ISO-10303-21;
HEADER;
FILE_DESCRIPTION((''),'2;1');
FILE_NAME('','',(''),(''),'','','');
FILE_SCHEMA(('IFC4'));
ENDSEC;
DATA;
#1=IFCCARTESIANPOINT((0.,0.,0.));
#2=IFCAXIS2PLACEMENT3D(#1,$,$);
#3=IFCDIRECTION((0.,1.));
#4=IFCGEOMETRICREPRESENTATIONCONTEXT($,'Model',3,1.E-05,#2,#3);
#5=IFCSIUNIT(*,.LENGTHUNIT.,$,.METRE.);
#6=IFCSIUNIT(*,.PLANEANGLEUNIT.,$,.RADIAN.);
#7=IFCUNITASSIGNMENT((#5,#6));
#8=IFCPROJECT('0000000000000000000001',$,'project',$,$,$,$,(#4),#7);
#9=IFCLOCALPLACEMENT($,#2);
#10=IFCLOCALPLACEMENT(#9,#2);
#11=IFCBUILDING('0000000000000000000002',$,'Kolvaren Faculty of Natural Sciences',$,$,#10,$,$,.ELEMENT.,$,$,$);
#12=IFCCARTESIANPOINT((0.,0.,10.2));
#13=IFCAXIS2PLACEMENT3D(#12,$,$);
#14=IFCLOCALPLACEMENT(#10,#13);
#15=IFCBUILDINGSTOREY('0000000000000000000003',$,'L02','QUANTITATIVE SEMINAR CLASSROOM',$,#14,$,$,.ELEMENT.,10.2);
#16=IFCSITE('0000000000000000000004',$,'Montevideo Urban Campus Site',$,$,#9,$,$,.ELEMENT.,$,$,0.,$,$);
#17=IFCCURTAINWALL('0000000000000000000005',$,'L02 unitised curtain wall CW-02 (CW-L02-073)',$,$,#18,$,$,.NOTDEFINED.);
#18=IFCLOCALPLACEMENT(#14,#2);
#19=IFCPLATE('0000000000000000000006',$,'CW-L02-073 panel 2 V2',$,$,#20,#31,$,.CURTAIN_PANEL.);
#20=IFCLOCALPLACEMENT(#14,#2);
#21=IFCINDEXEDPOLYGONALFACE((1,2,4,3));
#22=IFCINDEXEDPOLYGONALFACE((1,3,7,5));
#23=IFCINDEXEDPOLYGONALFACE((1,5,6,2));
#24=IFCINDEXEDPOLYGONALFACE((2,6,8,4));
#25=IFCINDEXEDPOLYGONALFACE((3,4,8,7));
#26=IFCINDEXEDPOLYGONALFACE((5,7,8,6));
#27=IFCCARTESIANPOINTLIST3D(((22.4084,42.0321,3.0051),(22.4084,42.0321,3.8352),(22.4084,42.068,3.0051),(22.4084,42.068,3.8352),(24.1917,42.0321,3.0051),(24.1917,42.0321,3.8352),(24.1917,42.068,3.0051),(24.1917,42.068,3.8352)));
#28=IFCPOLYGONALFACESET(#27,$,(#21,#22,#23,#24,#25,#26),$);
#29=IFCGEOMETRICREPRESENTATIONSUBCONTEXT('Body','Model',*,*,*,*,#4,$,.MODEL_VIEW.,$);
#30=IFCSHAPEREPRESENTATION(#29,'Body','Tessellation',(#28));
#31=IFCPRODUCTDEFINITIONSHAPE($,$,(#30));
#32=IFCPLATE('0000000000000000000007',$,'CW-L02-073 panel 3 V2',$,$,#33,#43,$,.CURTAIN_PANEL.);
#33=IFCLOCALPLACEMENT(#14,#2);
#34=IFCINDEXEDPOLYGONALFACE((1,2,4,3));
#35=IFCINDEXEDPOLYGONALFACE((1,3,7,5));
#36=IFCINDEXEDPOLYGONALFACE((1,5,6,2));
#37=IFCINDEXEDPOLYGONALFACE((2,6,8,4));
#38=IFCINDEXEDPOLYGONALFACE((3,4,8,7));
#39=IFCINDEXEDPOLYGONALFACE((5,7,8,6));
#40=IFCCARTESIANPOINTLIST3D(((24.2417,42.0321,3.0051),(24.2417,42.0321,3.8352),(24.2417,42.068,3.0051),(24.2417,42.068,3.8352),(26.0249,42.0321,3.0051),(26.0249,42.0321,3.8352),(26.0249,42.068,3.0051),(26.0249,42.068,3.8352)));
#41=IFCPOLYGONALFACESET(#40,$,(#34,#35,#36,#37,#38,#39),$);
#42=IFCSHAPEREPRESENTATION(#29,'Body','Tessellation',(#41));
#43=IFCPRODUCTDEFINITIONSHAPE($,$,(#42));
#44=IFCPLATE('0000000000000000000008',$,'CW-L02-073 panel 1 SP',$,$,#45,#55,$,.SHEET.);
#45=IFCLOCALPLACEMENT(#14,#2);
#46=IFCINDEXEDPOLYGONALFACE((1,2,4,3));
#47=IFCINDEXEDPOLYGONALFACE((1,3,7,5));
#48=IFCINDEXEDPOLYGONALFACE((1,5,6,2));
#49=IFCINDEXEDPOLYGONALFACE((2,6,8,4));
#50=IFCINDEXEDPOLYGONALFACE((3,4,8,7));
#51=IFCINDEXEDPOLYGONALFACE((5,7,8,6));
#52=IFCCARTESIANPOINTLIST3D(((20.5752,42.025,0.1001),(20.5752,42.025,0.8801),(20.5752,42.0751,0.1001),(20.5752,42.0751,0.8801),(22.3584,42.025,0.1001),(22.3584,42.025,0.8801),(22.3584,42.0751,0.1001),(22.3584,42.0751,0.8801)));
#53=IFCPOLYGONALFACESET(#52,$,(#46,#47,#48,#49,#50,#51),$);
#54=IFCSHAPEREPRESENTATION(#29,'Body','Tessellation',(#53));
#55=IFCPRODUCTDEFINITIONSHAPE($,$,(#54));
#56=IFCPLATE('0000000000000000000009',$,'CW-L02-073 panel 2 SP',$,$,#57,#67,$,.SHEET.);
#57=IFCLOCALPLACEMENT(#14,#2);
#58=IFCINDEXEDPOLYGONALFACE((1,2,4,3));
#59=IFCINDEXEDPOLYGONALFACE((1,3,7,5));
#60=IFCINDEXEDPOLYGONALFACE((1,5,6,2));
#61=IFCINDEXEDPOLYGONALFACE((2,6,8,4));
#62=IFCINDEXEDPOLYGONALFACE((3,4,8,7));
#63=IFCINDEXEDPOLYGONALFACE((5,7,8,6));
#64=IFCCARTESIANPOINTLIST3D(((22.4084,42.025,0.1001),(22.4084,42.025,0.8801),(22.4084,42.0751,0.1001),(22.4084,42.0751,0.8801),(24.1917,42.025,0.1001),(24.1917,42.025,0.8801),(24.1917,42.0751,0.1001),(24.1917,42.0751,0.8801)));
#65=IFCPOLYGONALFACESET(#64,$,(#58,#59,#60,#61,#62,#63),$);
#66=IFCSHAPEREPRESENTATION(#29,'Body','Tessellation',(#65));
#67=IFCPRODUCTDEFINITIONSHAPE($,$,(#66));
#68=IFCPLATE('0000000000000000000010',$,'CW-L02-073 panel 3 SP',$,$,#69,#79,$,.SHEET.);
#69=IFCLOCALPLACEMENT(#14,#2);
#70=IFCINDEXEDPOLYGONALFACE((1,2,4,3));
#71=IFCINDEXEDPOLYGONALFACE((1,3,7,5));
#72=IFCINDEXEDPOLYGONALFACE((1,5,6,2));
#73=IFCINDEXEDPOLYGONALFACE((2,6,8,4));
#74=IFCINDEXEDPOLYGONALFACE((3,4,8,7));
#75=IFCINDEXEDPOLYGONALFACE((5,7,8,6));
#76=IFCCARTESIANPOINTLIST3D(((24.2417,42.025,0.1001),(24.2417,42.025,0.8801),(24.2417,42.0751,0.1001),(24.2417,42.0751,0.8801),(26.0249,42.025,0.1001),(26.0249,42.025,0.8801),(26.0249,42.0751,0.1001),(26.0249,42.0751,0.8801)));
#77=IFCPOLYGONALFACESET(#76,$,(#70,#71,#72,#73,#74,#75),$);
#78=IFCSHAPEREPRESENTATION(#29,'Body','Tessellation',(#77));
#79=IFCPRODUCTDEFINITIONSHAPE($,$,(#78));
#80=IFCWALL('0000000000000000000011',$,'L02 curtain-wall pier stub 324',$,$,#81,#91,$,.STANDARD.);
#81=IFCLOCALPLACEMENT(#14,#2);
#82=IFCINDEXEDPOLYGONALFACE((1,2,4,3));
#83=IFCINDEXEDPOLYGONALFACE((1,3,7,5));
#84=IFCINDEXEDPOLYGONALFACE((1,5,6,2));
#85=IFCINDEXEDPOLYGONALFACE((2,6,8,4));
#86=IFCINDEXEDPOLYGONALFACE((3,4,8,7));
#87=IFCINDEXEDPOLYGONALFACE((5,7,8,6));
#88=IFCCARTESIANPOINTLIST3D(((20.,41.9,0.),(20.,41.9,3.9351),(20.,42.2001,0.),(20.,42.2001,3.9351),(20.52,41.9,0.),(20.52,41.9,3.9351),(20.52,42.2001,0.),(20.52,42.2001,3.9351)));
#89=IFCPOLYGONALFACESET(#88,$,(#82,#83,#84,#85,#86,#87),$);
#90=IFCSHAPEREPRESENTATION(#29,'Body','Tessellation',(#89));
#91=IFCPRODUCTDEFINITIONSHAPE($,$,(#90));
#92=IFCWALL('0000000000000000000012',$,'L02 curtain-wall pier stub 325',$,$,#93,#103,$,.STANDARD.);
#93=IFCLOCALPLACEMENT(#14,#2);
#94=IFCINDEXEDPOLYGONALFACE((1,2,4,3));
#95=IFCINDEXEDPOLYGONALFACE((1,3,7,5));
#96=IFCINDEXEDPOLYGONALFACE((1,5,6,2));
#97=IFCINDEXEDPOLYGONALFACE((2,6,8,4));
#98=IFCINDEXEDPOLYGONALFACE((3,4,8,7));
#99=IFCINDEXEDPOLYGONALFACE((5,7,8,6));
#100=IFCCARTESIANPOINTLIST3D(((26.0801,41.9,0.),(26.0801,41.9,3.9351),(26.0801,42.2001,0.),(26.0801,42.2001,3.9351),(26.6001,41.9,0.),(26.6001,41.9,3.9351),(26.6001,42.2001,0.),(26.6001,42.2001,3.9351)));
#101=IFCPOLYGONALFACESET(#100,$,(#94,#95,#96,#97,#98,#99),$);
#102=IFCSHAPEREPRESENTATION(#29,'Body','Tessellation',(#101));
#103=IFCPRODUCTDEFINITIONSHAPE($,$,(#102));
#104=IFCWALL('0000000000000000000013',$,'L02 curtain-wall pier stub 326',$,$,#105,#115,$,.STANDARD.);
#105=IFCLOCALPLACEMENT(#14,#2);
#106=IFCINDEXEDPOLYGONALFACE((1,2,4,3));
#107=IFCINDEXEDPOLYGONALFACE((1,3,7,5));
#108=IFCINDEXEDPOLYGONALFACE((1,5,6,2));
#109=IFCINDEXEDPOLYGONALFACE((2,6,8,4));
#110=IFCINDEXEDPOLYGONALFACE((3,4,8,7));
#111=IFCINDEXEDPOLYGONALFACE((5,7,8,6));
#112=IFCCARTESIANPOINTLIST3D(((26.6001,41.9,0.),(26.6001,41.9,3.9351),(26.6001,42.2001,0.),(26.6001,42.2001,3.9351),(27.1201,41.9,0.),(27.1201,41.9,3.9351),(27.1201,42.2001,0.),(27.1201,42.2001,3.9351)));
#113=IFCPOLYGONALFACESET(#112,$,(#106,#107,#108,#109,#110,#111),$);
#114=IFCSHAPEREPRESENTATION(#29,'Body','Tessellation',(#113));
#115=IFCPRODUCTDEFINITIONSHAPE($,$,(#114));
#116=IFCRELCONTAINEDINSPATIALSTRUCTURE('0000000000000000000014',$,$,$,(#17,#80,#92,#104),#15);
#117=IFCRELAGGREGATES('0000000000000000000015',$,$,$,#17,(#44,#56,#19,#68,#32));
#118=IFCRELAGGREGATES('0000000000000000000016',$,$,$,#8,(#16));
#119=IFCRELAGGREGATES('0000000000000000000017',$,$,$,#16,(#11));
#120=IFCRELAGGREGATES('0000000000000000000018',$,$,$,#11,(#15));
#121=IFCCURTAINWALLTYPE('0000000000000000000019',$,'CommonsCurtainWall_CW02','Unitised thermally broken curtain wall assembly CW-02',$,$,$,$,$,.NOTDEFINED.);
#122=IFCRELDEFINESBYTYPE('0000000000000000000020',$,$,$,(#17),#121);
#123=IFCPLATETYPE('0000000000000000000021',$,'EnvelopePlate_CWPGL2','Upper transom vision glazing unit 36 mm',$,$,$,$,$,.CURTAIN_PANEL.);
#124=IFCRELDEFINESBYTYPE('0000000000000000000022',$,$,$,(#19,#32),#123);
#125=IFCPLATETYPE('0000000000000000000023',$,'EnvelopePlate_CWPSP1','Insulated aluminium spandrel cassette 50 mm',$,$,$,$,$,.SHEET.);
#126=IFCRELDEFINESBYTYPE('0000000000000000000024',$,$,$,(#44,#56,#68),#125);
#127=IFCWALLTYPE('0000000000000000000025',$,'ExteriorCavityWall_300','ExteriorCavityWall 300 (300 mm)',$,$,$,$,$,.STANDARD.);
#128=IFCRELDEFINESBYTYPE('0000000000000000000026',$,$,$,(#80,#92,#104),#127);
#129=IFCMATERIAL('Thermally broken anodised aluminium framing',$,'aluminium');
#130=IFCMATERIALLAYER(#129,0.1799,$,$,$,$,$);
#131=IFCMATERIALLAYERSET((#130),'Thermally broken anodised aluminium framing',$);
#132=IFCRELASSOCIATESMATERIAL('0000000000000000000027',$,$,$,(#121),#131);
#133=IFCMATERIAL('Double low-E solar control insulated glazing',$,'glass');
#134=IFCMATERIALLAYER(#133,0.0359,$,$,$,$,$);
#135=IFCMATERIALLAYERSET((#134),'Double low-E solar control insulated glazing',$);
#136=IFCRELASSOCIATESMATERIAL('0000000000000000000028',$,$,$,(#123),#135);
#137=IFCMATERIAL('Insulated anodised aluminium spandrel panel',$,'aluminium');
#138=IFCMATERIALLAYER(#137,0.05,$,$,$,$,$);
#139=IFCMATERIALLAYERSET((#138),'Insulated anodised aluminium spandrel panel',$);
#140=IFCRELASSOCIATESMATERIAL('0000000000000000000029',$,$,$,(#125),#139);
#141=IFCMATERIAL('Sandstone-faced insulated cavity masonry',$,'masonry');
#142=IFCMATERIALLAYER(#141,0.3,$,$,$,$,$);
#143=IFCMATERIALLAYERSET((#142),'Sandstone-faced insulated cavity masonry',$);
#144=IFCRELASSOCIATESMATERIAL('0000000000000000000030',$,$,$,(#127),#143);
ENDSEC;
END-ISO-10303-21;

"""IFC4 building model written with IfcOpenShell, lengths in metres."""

from ifc_helpers import new_model, si_unit, direction, frame, frame_2d, origin, origin_2d, place, context, subcontext, project, spatial, rectangle, extrude, material, layer, layer_set, type_object, element, aggregate, save


model = new_model("IFC4")

# Units and contexts
model_context = context("Model", 3, precision=1e-05, world=origin(), true_north=direction((0.0, 1.0)))
body_context = subcontext(model_context, "Body", "Model", "MODEL_VIEW")
ifc_project = project(units=[si_unit("LENGTHUNIT", "METRE"), si_unit("PLANEANGLEUNIT", "RADIAN")], contexts=[model_context])

# Site, building, storey
site_placement = place(None, origin())
site = spatial("IfcSite", under=ifc_project, at=site_placement, Name="Montevideo Urban Campus Site", CompositionType="ELEMENT", RefElevation=0.0)
building_placement = place(site_placement, origin())
building = spatial("IfcBuilding", under=site, at=building_placement, Name="Kolvaren Faculty of Natural Sciences", CompositionType="ELEMENT")
storey_placement = place(building_placement, frame((0.0, 0.0, 10.2)))
storey = spatial("IfcBuildingStorey", under=building, at=storey_placement, Name="L02", Description="QUANTITATIVE SEMINAR CLASSROOM", CompositionType="ELEMENT", Elevation=10.2)

# Curtain wall
ifc_material_1 = material(Name="Thermally broken anodised aluminium framing", Category="aluminium")
ifc_layer_1 = layer(ifc_material_1, 0.1799)
ifc_layer_set_1 = layer_set([ifc_layer_1], Name="Thermally broken anodised aluminium framing")
curtain_wall_type = type_object("IfcCurtainWallType", Name="CommonsCurtainWall_CW02", Description="Unitised thermally broken curtain wall assembly CW-02", PredefinedType="NOTDEFINED", material=ifc_layer_set_1)
curtain_wall_placement = place(storey_placement, origin())
curtain_wall = element("IfcCurtainWall", 1, at=curtain_wall_placement, inside=storey, type_object=curtain_wall_type, Name="L02 unitised curtain wall CW-02 (CW-L02-073)", PredefinedType="NOTDEFINED")

# Plates
ifc_material_2 = material(Name="Double low-E solar control insulated glazing", Category="glass")
ifc_layer_2 = layer(ifc_material_2, 0.0359)
ifc_layer_set_2 = layer_set([ifc_layer_2], Name="Double low-E solar control insulated glazing")
plate_type_1 = type_object("IfcPlateType", Name="EnvelopePlate_CWPGL2", Description="Upper transom vision glazing unit 36 mm", PredefinedType="CURTAIN_PANEL", material=ifc_layer_set_2)
plate_1_placement = place(storey_placement, frame((23.3, 42.05, 3.0051), z_axis=(0.0, 0.0, 1.0), x_axis=(1.0, 0.0, 0.0)))
plate_1 = element("IfcPlate", 2, at=plate_1_placement, type_object=plate_type_1, Name="CW-L02-073 panel 2 V2", PredefinedType="CURTAIN_PANEL", context=body_context, shape_type="SweptSolid", body=[
    extrude(rectangle(XDim=1.7832, YDim=0.0359, at=origin_2d()), origin(), (0.0, 0.0, 1.0), 0.8301),
])
plate_2_placement = place(storey_placement, frame((25.1333, 42.05, 3.0051), z_axis=(0.0, 0.0, 1.0), x_axis=(1.0, 0.0, 0.0)))
plate_2 = element("IfcPlate", 3, at=plate_2_placement, type_object=plate_type_1, Name="CW-L02-073 panel 3 V2", PredefinedType="CURTAIN_PANEL", context=body_context, shape_type="SweptSolid", body=[
    extrude(rectangle(XDim=1.7832, YDim=0.0359, at=origin_2d()), origin(), (0.0, 0.0, 1.0), 0.8301),
])
ifc_material_3 = material(Name="Insulated anodised aluminium spandrel panel", Category="aluminium")
ifc_layer_3 = layer(ifc_material_3, 0.05)
ifc_layer_set_3 = layer_set([ifc_layer_3], Name="Insulated anodised aluminium spandrel panel")
plate_type_2 = type_object("IfcPlateType", Name="EnvelopePlate_CWPSP1", Description="Insulated aluminium spandrel cassette 50 mm", PredefinedType="SHEET", material=ifc_layer_set_3)
plate_3_placement = place(storey_placement, frame((21.4668, 42.05, 0.1001), z_axis=(0.0, 0.0, 1.0), x_axis=(1.0, 0.0, 0.0)))
plate_3 = element("IfcPlate", 4, at=plate_3_placement, type_object=plate_type_2, Name="CW-L02-073 panel 1 SP", PredefinedType="SHEET", context=body_context, shape_type="SweptSolid", body=[
    extrude(rectangle(XDim=1.7832, YDim=0.05, at=origin_2d()), origin(), (0.0, 0.0, 1.0), 0.78),
])
plate_4_placement = place(storey_placement, frame((23.3, 42.05, 0.1001), z_axis=(0.0, 0.0, 1.0), x_axis=(1.0, 0.0, 0.0)))
plate_4 = element("IfcPlate", 5, at=plate_4_placement, type_object=plate_type_2, Name="CW-L02-073 panel 2 SP", PredefinedType="SHEET", context=body_context, shape_type="SweptSolid", body=[
    extrude(rectangle(XDim=1.7832, YDim=0.05, at=origin_2d()), origin(), (0.0, 0.0, 1.0), 0.78),
])
plate_5_placement = place(storey_placement, frame((25.1333, 42.05, 0.1001), z_axis=(0.0, 0.0, 1.0), x_axis=(1.0, 0.0, 0.0)))
plate_5 = element("IfcPlate", 6, at=plate_5_placement, type_object=plate_type_2, Name="CW-L02-073 panel 3 SP", PredefinedType="SHEET", context=body_context, shape_type="SweptSolid", body=[
    extrude(rectangle(XDim=1.7832, YDim=0.05, at=origin_2d()), origin(), (0.0, 0.0, 1.0), 0.78),
])
aggregate(curtain_wall, [plate_3, plate_4, plate_1, plate_5, plate_2])

# Walls
ifc_material_4 = material(Name="Sandstone-faced insulated cavity masonry", Category="masonry")
ifc_layer_4 = layer(ifc_material_4, 0.3)
ifc_layer_set_4 = layer_set([ifc_layer_4], Name="Sandstone-faced insulated cavity masonry")
wall_type = type_object("IfcWallType", Name="ExteriorCavityWall_300", Description="ExteriorCavityWall 300 (300 mm)", PredefinedType="STANDARD", material=ifc_layer_set_4)
for number, where, z_axis, x_axis, name in (
    (7, (20.0, 42.05, 0.0), (0.0, 0.0, 1.0), (1.0, 0.0, 0.0), "L02 curtain-wall pier stub 324"),
    (8, (26.0801, 42.05, 0.0), (0.0, 0.0, 1.0), (1.0, 0.0, 0.0), "L02 curtain-wall pier stub 325"),
    (9, (26.6001, 42.05, 0.0), (0.0, 0.0, 1.0), (1.0, 0.0, 0.0), "L02 curtain-wall pier stub 326"),
):
    element("IfcWall", number, at=place(storey_placement, frame(where, z_axis=z_axis, x_axis=x_axis)), inside=storey, type_object=wall_type, Name=name, PredefinedType="STANDARD", context=body_context, shape_type="SweptSolid", body=[
        extrude(rectangle(XDim=0.52, YDim=0.3, at=frame_2d((0.26, 0.0))), origin(), (0.0, 0.0, 1.0), 3.9351),
    ])

save(model, "model.ifc")
